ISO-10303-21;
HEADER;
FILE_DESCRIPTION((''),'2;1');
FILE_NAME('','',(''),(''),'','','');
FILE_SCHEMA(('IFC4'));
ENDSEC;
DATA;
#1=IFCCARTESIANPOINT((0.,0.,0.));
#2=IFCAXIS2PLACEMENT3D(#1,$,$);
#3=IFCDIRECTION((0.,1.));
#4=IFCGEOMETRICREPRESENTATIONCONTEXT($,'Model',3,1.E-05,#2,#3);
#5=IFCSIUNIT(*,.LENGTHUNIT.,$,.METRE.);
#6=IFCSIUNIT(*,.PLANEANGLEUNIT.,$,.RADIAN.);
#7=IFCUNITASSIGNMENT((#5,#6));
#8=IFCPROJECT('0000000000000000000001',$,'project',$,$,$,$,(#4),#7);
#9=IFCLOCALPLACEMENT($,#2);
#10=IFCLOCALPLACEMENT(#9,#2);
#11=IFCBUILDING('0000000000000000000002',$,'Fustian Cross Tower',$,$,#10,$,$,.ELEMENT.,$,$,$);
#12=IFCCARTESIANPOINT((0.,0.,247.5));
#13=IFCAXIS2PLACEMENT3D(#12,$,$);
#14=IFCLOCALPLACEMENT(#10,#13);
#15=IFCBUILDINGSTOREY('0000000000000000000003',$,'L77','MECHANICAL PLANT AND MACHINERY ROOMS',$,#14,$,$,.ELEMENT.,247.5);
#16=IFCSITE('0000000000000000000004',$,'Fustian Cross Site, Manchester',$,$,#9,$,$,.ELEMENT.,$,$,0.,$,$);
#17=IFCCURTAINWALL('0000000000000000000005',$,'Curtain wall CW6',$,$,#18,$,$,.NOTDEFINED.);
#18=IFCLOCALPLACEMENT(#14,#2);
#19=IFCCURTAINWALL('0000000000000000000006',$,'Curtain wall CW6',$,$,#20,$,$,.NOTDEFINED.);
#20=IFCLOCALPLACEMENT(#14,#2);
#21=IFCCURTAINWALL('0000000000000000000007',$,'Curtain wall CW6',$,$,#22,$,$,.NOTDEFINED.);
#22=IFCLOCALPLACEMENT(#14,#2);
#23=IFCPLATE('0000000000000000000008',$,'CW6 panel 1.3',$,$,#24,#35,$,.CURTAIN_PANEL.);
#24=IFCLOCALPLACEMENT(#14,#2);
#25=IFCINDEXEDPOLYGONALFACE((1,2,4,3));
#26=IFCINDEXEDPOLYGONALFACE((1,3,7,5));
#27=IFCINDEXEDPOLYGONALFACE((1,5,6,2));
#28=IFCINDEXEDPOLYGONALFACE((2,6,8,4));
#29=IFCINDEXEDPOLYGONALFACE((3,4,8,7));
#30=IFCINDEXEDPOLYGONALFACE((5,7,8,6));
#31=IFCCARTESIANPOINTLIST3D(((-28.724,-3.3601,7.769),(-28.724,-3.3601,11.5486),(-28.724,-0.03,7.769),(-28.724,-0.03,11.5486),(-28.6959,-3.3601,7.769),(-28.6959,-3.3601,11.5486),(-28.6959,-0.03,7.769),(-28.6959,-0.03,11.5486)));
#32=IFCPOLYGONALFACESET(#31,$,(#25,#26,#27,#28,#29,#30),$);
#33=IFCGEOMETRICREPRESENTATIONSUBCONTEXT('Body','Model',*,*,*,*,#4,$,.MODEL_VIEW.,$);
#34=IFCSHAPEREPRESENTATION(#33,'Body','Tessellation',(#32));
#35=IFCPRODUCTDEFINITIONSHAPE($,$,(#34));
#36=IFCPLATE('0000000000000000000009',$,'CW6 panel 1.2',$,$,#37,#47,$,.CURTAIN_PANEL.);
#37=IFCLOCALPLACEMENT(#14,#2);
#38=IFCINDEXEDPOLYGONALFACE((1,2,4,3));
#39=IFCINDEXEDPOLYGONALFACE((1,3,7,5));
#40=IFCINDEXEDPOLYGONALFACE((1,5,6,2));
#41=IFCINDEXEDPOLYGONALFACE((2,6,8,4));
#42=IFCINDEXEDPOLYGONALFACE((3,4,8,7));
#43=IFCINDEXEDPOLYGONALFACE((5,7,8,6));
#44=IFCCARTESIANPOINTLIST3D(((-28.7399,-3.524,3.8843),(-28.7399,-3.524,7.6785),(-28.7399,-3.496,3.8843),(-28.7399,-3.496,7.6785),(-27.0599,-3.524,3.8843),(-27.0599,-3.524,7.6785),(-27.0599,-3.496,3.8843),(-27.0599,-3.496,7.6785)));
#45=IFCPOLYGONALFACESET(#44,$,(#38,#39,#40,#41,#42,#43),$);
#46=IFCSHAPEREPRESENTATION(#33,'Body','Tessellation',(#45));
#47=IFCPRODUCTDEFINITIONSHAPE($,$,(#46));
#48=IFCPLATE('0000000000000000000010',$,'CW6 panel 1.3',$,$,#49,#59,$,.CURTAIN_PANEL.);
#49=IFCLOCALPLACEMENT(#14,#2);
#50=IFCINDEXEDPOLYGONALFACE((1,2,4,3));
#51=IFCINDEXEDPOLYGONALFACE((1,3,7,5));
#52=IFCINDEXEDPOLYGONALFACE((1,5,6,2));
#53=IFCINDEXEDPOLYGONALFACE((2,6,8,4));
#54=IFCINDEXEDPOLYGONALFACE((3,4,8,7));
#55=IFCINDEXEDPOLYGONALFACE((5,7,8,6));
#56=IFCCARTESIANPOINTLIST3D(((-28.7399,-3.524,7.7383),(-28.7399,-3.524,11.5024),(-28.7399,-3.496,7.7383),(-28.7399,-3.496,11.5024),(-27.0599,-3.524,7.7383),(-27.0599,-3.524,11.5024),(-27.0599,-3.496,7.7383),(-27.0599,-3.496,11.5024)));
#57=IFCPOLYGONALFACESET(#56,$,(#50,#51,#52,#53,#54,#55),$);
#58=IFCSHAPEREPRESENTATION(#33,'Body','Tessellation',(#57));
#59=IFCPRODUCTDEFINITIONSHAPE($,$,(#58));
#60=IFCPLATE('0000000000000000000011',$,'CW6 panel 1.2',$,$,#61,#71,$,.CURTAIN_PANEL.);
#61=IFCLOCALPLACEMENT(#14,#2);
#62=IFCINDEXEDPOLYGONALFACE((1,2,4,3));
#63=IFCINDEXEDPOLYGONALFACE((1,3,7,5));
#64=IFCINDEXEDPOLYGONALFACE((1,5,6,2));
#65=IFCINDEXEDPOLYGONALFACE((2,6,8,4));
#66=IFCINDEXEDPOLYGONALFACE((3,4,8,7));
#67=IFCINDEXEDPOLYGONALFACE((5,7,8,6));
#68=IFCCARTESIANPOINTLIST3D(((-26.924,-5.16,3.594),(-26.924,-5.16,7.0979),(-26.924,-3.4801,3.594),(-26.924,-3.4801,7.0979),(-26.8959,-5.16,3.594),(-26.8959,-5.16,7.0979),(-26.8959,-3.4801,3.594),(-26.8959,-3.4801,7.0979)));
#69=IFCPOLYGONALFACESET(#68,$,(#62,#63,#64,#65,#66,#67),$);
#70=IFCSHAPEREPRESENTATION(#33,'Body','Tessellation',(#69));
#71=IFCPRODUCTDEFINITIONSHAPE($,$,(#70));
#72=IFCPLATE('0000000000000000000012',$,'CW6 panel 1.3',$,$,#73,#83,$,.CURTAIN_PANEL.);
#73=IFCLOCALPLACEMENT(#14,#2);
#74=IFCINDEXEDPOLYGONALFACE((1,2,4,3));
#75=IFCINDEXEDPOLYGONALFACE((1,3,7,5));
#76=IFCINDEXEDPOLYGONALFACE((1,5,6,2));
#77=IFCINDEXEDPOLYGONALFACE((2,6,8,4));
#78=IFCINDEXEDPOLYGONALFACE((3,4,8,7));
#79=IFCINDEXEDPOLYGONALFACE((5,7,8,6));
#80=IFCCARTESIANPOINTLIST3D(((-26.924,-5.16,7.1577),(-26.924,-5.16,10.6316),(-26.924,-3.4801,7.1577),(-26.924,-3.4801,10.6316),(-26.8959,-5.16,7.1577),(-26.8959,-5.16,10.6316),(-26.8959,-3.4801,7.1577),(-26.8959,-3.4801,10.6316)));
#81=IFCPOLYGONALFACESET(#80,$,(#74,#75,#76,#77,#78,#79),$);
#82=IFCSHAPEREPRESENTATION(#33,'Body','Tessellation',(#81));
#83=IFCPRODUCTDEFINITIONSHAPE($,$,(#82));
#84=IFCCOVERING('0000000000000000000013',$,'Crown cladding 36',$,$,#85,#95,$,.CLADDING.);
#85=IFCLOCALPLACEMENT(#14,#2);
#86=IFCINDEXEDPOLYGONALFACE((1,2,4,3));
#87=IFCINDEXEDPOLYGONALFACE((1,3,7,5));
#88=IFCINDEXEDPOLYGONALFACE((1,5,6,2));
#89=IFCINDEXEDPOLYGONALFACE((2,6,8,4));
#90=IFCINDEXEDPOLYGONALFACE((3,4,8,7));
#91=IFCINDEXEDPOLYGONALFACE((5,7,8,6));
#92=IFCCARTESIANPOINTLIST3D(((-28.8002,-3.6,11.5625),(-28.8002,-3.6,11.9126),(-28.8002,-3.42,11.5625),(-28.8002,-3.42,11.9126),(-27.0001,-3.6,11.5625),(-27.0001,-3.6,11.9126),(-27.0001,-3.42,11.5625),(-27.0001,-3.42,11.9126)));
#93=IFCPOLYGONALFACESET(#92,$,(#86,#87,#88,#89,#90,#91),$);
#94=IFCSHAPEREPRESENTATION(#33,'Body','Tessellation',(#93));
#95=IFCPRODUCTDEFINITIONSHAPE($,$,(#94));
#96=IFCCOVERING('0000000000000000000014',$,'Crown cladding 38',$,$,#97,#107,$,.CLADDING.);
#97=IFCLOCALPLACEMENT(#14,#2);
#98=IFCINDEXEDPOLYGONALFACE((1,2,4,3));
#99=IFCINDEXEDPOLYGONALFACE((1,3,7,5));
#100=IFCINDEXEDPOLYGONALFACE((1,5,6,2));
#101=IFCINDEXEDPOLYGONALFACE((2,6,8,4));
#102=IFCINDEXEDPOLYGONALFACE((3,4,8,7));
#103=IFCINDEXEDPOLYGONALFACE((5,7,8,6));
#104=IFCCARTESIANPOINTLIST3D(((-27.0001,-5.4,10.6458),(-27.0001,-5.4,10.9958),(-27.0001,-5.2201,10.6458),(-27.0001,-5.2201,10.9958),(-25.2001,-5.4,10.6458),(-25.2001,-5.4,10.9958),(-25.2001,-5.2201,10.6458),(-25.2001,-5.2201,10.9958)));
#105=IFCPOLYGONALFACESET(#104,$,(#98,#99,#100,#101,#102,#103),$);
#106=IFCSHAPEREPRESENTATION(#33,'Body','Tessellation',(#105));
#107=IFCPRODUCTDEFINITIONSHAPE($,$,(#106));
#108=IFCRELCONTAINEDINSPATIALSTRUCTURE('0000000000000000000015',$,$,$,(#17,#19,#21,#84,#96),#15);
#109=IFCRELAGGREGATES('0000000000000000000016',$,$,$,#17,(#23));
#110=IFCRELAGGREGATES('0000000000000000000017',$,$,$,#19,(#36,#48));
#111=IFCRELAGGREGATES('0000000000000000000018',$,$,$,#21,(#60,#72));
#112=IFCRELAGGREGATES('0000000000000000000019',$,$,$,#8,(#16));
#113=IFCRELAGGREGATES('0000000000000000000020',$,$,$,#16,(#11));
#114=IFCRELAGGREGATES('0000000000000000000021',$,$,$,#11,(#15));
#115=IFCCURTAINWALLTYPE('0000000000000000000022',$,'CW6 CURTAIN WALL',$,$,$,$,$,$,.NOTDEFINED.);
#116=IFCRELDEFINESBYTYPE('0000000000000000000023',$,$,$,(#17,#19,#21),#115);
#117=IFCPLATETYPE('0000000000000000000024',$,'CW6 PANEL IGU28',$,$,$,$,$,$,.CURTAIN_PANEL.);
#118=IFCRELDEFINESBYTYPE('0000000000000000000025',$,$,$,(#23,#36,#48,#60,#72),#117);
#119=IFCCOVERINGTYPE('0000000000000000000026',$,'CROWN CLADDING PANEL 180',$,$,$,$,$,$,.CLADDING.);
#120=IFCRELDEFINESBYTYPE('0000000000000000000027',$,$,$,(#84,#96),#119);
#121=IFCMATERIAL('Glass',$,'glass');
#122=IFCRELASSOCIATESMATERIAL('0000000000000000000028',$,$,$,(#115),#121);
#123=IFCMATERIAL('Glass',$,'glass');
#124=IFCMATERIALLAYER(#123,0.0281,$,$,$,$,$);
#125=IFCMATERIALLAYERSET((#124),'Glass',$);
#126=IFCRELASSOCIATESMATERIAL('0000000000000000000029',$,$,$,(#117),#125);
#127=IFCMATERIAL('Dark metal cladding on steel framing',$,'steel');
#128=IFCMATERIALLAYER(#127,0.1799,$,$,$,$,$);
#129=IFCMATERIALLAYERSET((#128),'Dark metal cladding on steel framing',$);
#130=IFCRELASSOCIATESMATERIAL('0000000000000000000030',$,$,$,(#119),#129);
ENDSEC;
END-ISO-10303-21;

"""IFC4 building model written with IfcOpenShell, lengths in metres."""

from ifc_helpers import new_model, si_unit, direction, frame, frame_2d, origin, origin_2d, place, context, subcontext, project, spatial, rectangle, extrude, material, layer, layer_set, type_object, element, aggregate, save


model = new_model("IFC4")

# Units and contexts
model_context = context("Model", 3, precision=1e-05, world=origin(), true_north=direction((0.0, 1.0)))
body_context = subcontext(model_context, "Body", "Model", "MODEL_VIEW")
ifc_project = project(units=[si_unit("LENGTHUNIT", "METRE"), si_unit("PLANEANGLEUNIT", "RADIAN")], contexts=[model_context])

# Site, building, storey
site_placement = place(None, origin())
site = spatial("IfcSite", under=ifc_project, at=site_placement, Name="Fustian Cross Site, Manchester", CompositionType="ELEMENT", RefElevation=0.0)
building_placement = place(site_placement, origin())
building = spatial("IfcBuilding", under=site, at=building_placement, Name="Fustian Cross Tower", CompositionType="ELEMENT")
storey_placement = place(building_placement, frame((0.0, 0.0, 247.5)))
storey = spatial("IfcBuildingStorey", under=building, at=storey_placement, Name="L77", Description="MECHANICAL PLANT AND MACHINERY ROOMS", CompositionType="ELEMENT", Elevation=247.5)

# Curtain walls
ifc_material_1 = material(Name="Glass", Category="glass")
curtain_wall_type = type_object("IfcCurtainWallType", Name="CW6 CURTAIN WALL", PredefinedType="NOTDEFINED", material=ifc_material_1)
curtain_wall_1_placement = place(storey_placement, origin())
curtain_wall_1 = element("IfcCurtainWall", 1, at=curtain_wall_1_placement, inside=storey, type_object=curtain_wall_type, Name="Curtain wall CW6", PredefinedType="NOTDEFINED")
curtain_wall_2_placement = place(storey_placement, origin())
curtain_wall_2 = element("IfcCurtainWall", 2, at=curtain_wall_2_placement, inside=storey, type_object=curtain_wall_type, Name="Curtain wall CW6", PredefinedType="NOTDEFINED")
curtain_wall_3_placement = place(storey_placement, origin())
curtain_wall_3 = element("IfcCurtainWall", 3, at=curtain_wall_3_placement, inside=storey, type_object=curtain_wall_type, Name="Curtain wall CW6", PredefinedType="NOTDEFINED")

# Plates
ifc_material_2 = material(Name="Glass", Category="glass")
ifc_layer_1 = layer(ifc_material_2, 0.0281)
ifc_layer_set_1 = layer_set([ifc_layer_1], Name="Glass")
plate_type = type_object("IfcPlateType", Name="CW6 PANEL IGU28", PredefinedType="CURTAIN_PANEL", material=ifc_layer_set_1)
plate_1_placement = place(storey_placement, frame((-28.71, -1.6951, 7.769), z_axis=(0.0, 0.0, 1.0), x_axis=(0.0, -1.0, 0.0)))
plate_1 = element("IfcPlate", 4, at=plate_1_placement, type_object=plate_type, Name="CW6 panel 1.3", PredefinedType="CURTAIN_PANEL", context=body_context, shape_type="SweptSolid", body=[
    extrude(rectangle(XDim=3.3301, YDim=0.0281, at=origin_2d()), origin(), (0.0, 0.0, 1.0), 3.7795),
])
aggregate(curtain_wall_1, [plate_1])
plate_2_placement = place(storey_placement, frame((-27.8999, -3.51, 3.8843), z_axis=(0.0, 0.0, 1.0), x_axis=(1.0, 0.0, 0.0)))
plate_2 = element("IfcPlate", 5, at=plate_2_placement, type_object=plate_type, Name="CW6 panel 1.2", PredefinedType="CURTAIN_PANEL", context=body_context, shape_type="SweptSolid", body=[
    extrude(rectangle(XDim=1.6799, YDim=0.0281, at=origin_2d()), origin(), (0.0, 0.0, 1.0), 3.7942),
])
plate_3_placement = place(storey_placement, frame((-27.8999, -3.51, 7.7383), z_axis=(0.0, 0.0, 1.0), x_axis=(1.0, 0.0, 0.0)))
plate_3 = element("IfcPlate", 6, at=plate_3_placement, type_object=plate_type, Name="CW6 panel 1.3", PredefinedType="CURTAIN_PANEL", context=body_context, shape_type="SweptSolid", body=[
    extrude(rectangle(XDim=1.6799, YDim=0.0281, at=origin_2d()), origin(), (0.0, 0.0, 1.0), 3.7642),
])
aggregate(curtain_wall_2, [plate_2, plate_3])
plate_4_placement = place(storey_placement, frame((-26.9099, -4.3201, 3.594), z_axis=(0.0, 0.0, 1.0), x_axis=(0.0, -1.0, 0.0)))
plate_4 = element("IfcPlate", 7, at=plate_4_placement, type_object=plate_type, Name="CW6 panel 1.2", PredefinedType="CURTAIN_PANEL", context=body_context, shape_type="SweptSolid", body=[
    extrude(rectangle(XDim=1.6799, YDim=0.0281, at=origin_2d()), origin(), (0.0, 0.0, 1.0), 3.5039),
])
plate_5_placement = place(storey_placement, frame((-26.9099, -4.3201, 7.1577), z_axis=(0.0, 0.0, 1.0), x_axis=(0.0, -1.0, 0.0)))
plate_5 = element("IfcPlate", 8, at=plate_5_placement, type_object=plate_type, Name="CW6 panel 1.3", PredefinedType="CURTAIN_PANEL", context=body_context, shape_type="SweptSolid", body=[
    extrude(rectangle(XDim=1.6799, YDim=0.0281, at=origin_2d()), origin(), (0.0, 0.0, 1.0), 3.4739),
])
aggregate(curtain_wall_3, [plate_4, plate_5])

# Coverings
ifc_material_3 = material(Name="Dark metal cladding on steel framing", Category="steel")
ifc_layer_2 = layer(ifc_material_3, 0.1799)
ifc_layer_set_2 = layer_set([ifc_layer_2], Name="Dark metal cladding on steel framing")
covering_type = type_object("IfcCoveringType", Name="CROWN CLADDING PANEL 180", PredefinedType="CLADDING", material=ifc_layer_set_2)
for number, where, z_axis, x_axis, name in (
    (9, (-28.8, -3.51, 11.5625), (0.0, 0.0, 1.0), (1.0, 0.0, 0.0), "Crown cladding 36"),
    (10, (-27.0, -5.3101, 10.6458), (0.0, 0.0, 1.0), (1.0, 0.0, 0.0), "Crown cladding 38"),
):
    element("IfcCovering", number, at=place(storey_placement, frame(where, z_axis=z_axis, x_axis=x_axis)), inside=storey, type_object=covering_type, Name=name, PredefinedType="CLADDING", context=body_context, shape_type="SweptSolid", body=[
        extrude(rectangle(XDim=1.8, YDim=0.1799, at=frame_2d((0.8999, 0.0))), origin(), (0.0, 0.0, 1.0), 0.3501),
    ])

save(model, "model.ifc")
